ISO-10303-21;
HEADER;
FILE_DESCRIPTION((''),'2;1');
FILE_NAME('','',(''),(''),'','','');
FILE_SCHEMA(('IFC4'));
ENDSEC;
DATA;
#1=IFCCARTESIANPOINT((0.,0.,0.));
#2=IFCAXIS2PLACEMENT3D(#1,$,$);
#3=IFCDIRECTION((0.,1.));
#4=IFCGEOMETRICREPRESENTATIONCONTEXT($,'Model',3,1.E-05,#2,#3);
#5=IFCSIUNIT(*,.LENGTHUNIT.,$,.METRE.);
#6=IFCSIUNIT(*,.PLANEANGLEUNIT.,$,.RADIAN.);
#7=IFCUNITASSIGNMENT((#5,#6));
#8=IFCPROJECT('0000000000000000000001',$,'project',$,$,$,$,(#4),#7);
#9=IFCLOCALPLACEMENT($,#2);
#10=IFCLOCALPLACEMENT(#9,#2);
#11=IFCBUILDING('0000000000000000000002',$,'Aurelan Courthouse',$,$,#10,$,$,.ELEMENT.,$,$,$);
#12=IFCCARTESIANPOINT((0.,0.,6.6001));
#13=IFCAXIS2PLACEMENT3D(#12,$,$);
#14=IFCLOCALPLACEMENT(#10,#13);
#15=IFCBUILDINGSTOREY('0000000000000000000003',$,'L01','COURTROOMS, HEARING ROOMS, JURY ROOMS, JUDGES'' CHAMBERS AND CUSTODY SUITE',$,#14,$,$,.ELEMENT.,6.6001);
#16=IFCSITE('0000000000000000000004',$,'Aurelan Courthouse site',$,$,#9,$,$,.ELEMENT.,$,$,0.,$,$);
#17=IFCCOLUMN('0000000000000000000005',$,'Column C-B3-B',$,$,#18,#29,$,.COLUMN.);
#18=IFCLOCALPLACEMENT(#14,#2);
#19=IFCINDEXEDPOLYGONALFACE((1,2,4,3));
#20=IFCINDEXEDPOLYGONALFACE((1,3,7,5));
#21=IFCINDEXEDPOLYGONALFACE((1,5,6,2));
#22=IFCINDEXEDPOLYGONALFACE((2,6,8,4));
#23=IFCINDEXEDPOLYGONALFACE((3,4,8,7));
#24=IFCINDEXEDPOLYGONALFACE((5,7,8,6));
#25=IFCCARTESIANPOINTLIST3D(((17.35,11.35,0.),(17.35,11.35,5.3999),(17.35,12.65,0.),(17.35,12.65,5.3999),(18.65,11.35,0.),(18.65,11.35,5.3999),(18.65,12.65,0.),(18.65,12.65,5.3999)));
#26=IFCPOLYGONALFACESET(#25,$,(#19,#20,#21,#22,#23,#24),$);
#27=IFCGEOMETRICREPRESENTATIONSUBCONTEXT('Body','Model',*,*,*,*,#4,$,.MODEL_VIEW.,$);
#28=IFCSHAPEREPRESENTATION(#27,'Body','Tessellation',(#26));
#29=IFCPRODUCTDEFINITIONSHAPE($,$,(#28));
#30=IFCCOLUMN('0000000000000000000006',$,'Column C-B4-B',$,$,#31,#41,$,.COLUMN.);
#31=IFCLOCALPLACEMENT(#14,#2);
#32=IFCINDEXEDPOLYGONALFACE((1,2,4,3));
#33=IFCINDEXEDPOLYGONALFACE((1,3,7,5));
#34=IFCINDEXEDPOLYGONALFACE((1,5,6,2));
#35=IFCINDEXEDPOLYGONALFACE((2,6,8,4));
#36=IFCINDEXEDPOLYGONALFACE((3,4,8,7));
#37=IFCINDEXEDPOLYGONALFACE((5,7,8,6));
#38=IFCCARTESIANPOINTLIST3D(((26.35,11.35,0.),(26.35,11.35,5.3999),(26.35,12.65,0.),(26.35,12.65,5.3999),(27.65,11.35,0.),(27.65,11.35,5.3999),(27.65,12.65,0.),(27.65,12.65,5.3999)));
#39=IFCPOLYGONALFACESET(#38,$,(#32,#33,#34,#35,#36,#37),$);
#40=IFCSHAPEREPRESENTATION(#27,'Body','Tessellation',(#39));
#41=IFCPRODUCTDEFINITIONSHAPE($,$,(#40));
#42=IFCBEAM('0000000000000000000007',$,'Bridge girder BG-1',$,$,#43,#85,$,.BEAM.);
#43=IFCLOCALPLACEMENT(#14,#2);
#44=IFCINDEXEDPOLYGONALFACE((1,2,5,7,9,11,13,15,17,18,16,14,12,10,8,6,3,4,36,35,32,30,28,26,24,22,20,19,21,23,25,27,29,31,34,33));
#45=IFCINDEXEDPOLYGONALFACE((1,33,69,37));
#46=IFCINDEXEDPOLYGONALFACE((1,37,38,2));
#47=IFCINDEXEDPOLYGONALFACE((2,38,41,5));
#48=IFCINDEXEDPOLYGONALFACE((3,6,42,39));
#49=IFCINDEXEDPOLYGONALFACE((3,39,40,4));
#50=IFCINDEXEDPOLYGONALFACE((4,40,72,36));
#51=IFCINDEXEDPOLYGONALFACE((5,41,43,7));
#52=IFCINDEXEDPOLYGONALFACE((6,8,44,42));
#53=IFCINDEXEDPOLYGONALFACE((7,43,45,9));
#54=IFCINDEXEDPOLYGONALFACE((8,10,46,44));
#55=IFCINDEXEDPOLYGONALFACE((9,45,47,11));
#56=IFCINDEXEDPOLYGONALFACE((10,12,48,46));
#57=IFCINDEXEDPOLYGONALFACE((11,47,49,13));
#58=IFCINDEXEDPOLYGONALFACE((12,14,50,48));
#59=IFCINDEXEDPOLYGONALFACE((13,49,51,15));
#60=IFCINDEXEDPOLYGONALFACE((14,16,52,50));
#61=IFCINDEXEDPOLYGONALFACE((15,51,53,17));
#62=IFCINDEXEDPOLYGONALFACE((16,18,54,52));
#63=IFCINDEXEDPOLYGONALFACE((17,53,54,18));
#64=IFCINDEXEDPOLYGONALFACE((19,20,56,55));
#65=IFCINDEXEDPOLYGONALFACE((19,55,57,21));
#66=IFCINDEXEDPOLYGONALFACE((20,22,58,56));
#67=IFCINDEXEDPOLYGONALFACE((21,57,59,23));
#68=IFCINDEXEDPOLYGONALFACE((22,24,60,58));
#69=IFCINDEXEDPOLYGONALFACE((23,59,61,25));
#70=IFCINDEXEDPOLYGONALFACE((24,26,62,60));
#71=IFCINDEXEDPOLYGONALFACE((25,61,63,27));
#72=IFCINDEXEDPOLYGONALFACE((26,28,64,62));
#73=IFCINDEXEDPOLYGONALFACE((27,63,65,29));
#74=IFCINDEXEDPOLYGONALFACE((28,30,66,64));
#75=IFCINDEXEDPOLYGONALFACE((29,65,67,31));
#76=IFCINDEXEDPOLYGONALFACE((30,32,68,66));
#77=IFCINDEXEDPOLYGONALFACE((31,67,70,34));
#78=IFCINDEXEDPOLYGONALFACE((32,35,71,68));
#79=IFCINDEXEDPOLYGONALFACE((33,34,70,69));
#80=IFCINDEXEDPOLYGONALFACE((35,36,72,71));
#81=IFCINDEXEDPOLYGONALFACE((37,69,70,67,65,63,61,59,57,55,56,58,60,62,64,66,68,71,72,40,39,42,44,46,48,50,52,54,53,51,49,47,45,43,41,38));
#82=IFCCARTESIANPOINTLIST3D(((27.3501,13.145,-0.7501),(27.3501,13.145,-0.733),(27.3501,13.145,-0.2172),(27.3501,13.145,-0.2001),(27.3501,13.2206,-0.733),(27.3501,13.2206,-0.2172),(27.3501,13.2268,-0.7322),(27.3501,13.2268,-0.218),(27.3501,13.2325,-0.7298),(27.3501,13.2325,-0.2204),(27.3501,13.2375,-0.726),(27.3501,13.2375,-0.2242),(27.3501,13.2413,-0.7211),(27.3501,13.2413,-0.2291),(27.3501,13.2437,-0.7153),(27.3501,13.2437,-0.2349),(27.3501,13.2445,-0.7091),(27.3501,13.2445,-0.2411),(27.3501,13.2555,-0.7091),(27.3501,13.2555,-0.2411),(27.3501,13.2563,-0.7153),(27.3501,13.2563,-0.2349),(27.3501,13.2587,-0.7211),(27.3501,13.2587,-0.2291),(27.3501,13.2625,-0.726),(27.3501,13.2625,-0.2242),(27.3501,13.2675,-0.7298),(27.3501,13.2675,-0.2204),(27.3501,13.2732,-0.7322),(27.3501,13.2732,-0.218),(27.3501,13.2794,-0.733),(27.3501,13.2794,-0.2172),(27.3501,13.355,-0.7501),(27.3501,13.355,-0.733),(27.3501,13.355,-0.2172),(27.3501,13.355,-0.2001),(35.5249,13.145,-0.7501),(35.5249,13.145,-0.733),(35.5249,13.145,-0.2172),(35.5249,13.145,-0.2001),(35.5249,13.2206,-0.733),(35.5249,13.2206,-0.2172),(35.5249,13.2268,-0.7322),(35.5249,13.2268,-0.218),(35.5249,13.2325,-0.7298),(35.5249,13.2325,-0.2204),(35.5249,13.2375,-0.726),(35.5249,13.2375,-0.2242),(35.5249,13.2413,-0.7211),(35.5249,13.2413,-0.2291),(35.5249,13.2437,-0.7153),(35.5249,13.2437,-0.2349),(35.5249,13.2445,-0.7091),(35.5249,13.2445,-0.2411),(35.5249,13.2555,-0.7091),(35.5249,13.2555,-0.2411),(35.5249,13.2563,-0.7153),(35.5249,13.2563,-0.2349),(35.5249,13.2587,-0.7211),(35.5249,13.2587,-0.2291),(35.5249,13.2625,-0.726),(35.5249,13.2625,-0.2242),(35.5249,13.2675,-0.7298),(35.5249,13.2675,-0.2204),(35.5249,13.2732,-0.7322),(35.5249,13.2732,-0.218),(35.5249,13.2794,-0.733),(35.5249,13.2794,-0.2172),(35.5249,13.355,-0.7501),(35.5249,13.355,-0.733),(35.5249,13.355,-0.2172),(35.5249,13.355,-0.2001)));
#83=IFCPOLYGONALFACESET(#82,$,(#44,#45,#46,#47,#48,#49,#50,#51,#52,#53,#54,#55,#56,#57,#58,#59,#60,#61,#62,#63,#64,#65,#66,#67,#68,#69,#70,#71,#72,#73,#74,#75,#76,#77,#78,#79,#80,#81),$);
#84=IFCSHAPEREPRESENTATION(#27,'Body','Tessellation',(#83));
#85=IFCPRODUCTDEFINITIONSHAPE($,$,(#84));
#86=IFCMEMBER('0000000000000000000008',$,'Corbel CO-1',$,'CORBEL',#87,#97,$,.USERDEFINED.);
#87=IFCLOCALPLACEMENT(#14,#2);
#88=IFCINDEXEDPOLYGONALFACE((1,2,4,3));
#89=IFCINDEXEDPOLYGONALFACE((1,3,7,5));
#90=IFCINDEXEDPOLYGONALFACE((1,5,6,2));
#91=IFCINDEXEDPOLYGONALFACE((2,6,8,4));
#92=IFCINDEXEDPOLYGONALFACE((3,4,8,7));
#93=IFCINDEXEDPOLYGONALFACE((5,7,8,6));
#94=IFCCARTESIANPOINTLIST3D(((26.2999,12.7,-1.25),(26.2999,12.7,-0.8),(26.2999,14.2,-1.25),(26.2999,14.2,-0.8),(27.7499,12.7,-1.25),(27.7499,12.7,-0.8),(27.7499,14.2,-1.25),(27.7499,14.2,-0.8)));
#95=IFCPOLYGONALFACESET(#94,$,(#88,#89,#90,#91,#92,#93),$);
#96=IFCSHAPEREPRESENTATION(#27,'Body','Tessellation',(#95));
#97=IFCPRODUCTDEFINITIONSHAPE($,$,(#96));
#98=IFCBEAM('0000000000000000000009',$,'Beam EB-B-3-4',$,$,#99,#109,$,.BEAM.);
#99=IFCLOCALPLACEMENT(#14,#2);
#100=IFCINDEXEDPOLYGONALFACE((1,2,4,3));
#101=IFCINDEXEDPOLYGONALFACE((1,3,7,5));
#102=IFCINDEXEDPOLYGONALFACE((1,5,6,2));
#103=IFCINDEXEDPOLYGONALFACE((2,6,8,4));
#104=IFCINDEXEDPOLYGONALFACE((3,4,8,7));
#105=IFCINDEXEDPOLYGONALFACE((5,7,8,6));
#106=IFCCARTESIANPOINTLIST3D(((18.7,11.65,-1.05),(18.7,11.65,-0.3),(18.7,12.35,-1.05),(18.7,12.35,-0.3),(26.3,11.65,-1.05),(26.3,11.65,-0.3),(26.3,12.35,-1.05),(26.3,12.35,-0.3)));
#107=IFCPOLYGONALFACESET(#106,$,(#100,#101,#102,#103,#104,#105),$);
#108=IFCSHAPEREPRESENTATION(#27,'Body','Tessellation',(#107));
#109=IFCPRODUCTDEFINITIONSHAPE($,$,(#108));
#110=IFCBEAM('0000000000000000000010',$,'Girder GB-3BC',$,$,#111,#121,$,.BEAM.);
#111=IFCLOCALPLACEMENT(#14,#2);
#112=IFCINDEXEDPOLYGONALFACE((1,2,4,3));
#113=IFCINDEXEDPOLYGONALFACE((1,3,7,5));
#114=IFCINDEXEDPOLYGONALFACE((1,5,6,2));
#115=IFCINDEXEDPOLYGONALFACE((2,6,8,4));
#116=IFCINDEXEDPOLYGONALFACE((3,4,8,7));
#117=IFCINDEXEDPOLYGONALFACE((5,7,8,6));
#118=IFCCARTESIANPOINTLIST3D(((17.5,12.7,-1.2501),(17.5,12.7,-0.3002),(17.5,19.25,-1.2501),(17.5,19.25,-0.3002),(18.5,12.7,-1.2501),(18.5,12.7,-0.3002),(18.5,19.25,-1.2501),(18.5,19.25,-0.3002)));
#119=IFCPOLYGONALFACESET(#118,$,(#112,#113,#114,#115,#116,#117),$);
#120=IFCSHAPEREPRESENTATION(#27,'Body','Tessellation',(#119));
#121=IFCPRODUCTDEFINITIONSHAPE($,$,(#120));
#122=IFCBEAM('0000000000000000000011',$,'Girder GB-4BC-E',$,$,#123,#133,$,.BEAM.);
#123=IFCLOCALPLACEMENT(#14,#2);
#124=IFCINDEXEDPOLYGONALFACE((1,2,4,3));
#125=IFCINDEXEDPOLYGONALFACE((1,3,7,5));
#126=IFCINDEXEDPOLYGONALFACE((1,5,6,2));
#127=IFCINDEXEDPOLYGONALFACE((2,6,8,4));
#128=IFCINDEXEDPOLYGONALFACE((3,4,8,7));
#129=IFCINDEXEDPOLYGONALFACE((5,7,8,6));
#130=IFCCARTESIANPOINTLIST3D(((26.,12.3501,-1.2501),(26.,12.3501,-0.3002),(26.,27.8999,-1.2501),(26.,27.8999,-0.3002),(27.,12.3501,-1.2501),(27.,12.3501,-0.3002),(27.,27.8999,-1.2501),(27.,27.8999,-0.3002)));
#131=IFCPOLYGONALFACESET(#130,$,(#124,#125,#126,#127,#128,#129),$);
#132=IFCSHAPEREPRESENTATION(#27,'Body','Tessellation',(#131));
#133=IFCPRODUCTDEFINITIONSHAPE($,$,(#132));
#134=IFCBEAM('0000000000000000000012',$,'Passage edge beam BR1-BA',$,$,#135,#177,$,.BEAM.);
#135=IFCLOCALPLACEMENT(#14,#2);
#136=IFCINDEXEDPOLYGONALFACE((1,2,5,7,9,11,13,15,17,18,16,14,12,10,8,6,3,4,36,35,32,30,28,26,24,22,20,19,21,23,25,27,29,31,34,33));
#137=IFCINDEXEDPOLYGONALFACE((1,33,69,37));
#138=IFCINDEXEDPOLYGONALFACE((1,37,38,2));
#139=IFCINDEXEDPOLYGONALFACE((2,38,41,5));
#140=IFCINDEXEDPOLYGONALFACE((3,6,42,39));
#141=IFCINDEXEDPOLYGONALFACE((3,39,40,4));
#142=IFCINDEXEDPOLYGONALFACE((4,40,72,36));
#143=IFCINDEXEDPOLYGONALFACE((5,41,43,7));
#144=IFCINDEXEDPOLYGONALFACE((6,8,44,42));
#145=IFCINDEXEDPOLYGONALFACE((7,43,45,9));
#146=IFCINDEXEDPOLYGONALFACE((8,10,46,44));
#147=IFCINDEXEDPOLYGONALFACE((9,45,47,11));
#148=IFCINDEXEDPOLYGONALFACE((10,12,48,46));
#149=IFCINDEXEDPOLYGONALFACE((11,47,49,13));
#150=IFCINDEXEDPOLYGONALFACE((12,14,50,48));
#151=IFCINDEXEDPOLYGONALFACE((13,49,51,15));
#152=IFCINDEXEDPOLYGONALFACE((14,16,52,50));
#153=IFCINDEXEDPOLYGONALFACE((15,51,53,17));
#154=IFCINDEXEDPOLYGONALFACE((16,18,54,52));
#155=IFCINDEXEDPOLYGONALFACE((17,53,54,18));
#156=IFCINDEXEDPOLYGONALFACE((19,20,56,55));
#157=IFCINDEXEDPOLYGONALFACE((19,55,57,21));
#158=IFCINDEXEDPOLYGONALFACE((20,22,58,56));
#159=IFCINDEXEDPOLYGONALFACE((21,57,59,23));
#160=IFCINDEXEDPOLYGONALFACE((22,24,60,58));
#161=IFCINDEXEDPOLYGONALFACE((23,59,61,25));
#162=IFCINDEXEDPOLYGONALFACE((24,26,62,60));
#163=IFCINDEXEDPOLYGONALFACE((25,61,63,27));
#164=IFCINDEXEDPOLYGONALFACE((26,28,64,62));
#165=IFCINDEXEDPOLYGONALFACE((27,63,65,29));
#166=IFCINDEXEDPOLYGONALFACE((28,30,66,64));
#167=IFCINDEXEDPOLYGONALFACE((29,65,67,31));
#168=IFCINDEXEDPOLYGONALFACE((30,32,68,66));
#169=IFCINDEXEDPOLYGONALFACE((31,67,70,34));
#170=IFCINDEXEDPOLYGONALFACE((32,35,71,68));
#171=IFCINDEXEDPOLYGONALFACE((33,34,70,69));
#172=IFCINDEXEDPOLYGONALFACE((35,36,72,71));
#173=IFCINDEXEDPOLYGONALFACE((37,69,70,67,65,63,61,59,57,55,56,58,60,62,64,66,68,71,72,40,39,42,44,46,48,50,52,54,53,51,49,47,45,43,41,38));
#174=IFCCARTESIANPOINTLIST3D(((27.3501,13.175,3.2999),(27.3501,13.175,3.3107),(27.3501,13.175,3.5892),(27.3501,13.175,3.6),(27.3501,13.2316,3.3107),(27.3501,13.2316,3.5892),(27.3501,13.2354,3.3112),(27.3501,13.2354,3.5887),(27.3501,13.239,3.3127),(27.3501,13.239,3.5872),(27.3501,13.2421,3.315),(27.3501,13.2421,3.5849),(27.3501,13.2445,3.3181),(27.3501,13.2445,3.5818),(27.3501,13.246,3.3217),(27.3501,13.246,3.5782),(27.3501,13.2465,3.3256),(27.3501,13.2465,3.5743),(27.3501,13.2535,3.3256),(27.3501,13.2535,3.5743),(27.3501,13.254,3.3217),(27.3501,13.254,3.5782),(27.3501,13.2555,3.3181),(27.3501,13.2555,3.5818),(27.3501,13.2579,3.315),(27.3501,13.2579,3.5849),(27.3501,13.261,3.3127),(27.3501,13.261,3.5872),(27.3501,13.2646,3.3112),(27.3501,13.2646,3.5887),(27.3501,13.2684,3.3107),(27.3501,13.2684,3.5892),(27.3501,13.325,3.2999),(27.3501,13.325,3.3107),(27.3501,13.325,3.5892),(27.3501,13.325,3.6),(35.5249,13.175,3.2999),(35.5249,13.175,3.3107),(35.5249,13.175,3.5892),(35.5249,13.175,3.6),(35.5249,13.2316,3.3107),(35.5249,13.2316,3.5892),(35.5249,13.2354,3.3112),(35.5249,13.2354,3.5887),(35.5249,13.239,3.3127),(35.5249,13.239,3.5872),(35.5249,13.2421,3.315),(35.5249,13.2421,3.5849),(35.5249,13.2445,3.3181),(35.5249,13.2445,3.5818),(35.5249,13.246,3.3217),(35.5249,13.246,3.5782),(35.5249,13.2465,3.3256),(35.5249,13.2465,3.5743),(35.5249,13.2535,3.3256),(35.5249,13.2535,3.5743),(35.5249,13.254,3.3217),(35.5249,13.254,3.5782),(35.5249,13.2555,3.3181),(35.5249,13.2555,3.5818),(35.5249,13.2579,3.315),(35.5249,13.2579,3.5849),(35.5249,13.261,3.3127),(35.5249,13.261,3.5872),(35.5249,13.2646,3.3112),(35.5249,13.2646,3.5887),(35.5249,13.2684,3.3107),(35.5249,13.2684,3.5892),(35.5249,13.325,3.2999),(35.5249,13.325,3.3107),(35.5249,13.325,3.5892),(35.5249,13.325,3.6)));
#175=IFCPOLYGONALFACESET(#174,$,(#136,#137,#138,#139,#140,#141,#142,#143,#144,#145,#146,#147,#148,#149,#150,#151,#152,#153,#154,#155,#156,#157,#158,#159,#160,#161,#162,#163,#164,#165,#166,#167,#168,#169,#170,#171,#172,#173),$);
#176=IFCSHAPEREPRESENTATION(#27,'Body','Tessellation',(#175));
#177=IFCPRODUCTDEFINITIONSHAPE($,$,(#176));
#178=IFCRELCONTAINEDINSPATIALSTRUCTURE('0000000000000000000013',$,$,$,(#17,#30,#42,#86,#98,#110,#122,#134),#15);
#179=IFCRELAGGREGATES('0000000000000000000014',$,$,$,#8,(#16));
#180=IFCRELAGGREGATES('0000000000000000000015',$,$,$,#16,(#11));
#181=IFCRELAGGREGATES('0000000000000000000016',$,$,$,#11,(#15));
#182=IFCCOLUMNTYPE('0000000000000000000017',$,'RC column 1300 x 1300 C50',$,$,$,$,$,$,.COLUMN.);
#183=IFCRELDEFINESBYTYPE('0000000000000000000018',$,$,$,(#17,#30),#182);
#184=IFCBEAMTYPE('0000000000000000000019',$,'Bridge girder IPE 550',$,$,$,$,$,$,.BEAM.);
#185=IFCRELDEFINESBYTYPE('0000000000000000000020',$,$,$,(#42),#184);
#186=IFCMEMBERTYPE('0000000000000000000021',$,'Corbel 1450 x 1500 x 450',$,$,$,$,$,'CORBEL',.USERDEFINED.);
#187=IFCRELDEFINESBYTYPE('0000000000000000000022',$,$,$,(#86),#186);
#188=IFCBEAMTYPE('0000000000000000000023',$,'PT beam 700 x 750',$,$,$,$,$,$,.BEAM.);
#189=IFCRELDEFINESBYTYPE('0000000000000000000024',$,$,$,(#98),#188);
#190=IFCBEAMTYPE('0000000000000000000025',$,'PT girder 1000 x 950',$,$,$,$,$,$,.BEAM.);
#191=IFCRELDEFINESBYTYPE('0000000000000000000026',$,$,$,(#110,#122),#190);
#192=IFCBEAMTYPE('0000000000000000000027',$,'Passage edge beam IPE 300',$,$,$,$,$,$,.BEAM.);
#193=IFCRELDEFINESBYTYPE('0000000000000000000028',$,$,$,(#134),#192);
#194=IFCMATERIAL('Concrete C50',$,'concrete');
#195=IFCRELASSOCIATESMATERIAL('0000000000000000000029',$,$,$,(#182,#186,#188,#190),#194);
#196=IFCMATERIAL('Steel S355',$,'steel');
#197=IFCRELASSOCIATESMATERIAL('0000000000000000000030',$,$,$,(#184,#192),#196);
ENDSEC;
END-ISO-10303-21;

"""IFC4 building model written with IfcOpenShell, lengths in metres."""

from ifc_helpers import new_model, si_unit, direction, frame, origin, origin_2d, place, context, subcontext, project, spatial, rectangle, i_section, extrude, material, material_profile, profile_set, type_object, element, save


model = new_model("IFC4")

# Units and contexts
model_context = context("Model", 3, precision=1e-05, world=origin(), true_north=direction((0.0, 1.0)))
body_context = subcontext(model_context, "Body", "Model", "MODEL_VIEW")
ifc_project = project(units=[si_unit("LENGTHUNIT", "METRE"), si_unit("PLANEANGLEUNIT", "RADIAN")], contexts=[model_context])

# Site, building, storey
site_placement = place(None, origin())
site = spatial("IfcSite", under=ifc_project, at=site_placement, Name="Aurelan Courthouse site", CompositionType="ELEMENT", RefElevation=0.0)
building_placement = place(site_placement, origin())
building = spatial("IfcBuilding", under=site, at=building_placement, Name="Aurelan Courthouse", CompositionType="ELEMENT")
storey_placement = place(building_placement, frame((0.0, 0.0, 6.6001)))
storey = spatial("IfcBuildingStorey", under=building, at=storey_placement, Name="L01", Description="COURTROOMS, HEARING ROOMS, JURY ROOMS, JUDGES' CHAMBERS AND CUSTODY SUITE", CompositionType="ELEMENT", Elevation=6.6001)

# Columns
ifc_material_1 = material(Name="Concrete C50", Category="concrete")
ifc_material_profile_1 = material_profile(ifc_material_1, rectangle(XDim=1.3, YDim=1.3, at=origin_2d()), Name="RC 1300 x 1300")
ifc_profile_set_1 = profile_set([ifc_material_profile_1], Name="Concrete C50")
column_type = type_object("IfcColumnType", Name="RC column 1300 x 1300 C50", PredefinedType="COLUMN", material=ifc_profile_set_1)
for number, where, z_axis, x_axis, name in (
    (1, (18.0, 12.0, 0.0), (0.0, 0.0, 1.0), (1.0, 0.0, 0.0), "Column C-B3-B"),
    (2, (27.0, 12.0, 0.0), (0.0, 0.0, 1.0), (1.0, 0.0, 0.0), "Column C-B4-B"),
):
    element("IfcColumn", number, at=place(storey_placement, frame(where, z_axis=z_axis, x_axis=x_axis)), inside=storey, type_object=column_type, Name=name, PredefinedType="COLUMN", context=body_context, shape_type="SweptSolid", body=[
        extrude(rectangle(XDim=1.3, YDim=1.3, at=origin_2d()), origin(), (0.0, 0.0, 1.0), 5.3999),
    ])

# Beam
ifc_material_2 = material(Name="Steel S355", Category="steel")
ifc_material_profile_2 = material_profile(ifc_material_2, i_section(OverallWidth=0.21, OverallDepth=0.55, WebThickness=0.011, FlangeThickness=0.0171, FilletRadius=0.0239, at=origin_2d()), Name="IPE 550")
ifc_profile_set_2 = profile_set([ifc_material_profile_2], Name="Steel S355")
beam_type_1 = type_object("IfcBeamType", Name="Bridge girder IPE 550", PredefinedType="BEAM", material=ifc_profile_set_2)
beam_1_placement = place(storey_placement, frame((27.3501, 13.25, -0.4751), z_axis=(1.0, 0.0, 0.0), x_axis=(0.0, 1.0, 0.0)))
element("IfcBeam", 3, at=beam_1_placement, inside=storey, type_object=beam_type_1, Name="Bridge girder BG-1", PredefinedType="BEAM", context=body_context, shape_type="SweptSolid", body=[
    extrude(i_section(OverallWidth=0.21, OverallDepth=0.55, WebThickness=0.011, FlangeThickness=0.0171, FilletRadius=0.0239, at=origin_2d()), origin(), (0.0, 0.0, 1.0), 8.1748),
])

# Member
member_type = type_object("IfcMemberType", Name="Corbel 1450 x 1500 x 450", ElementType="CORBEL", PredefinedType="USERDEFINED", material=ifc_material_1)
member_placement = place(storey_placement, frame((27.0249, 13.45, -1.25), z_axis=(0.0, 0.0, 1.0), x_axis=(1.0, 0.0, 0.0)))
element("IfcMember", 4, at=member_placement, inside=storey, type_object=member_type, Name="Corbel CO-1", ObjectType="CORBEL", PredefinedType="USERDEFINED", context=body_context, shape_type="SweptSolid", body=[
    extrude(rectangle(XDim=1.45, YDim=1.5, at=origin_2d()), origin(), (0.0, 0.0, 1.0), 0.45),
])

# Beams
ifc_material_profile_3 = material_profile(ifc_material_1, rectangle(XDim=0.7, YDim=0.75, at=origin_2d()), Name="RC 700 x 750")
ifc_profile_set_3 = profile_set([ifc_material_profile_3], Name="Concrete C50")
beam_type_2 = type_object("IfcBeamType", Name="PT beam 700 x 750", PredefinedType="BEAM", material=ifc_profile_set_3)
beam_2_placement = place(storey_placement, frame((18.7, 12.0, -0.675), z_axis=(1.0, 0.0, 0.0), x_axis=(0.0, 1.0, 0.0)))
element("IfcBeam", 5, at=beam_2_placement, inside=storey, type_object=beam_type_2, Name="Beam EB-B-3-4", PredefinedType="BEAM", context=body_context, shape_type="SweptSolid", body=[
    extrude(rectangle(XDim=0.7, YDim=0.75, at=origin_2d()), origin(), (0.0, 0.0, 1.0), 7.6001),
])
ifc_material_profile_4 = material_profile(ifc_material_1, rectangle(XDim=1.0, YDim=0.95, at=origin_2d()), Name="RC 1000 x 950")
ifc_profile_set_4 = profile_set([ifc_material_profile_4], Name="Concrete C50")
beam_type_3 = type_object("IfcBeamType", Name="PT girder 1000 x 950", PredefinedType="BEAM", material=ifc_profile_set_4)
beam_3_placement = place(storey_placement, frame((18.0, 12.7, -0.7751), z_axis=(0.0, 1.0, 0.0), x_axis=(-1.0, 0.0, 0.0)))
element("IfcBeam", 6, at=beam_3_placement, inside=storey, type_object=beam_type_3, Name="Girder GB-3BC", PredefinedType="BEAM", context=body_context, shape_type="SweptSolid", body=[
    extrude(rectangle(XDim=1.0, YDim=0.95, at=origin_2d()), origin(), (0.0, 0.0, 1.0), 6.55),
])
beam_4_placement = place(storey_placement, frame((26.5, 12.3501, -0.7751), z_axis=(0.0, 1.0, 0.0), x_axis=(-1.0, 0.0, 0.0)))
element("IfcBeam", 7, at=beam_4_placement, inside=storey, type_object=beam_type_3, Name="Girder GB-4BC-E", PredefinedType="BEAM", context=body_context, shape_type="SweptSolid", body=[
    extrude(rectangle(XDim=1.0, YDim=0.95, at=origin_2d()), origin(), (0.0, 0.0, 1.0), 15.5498),
])
ifc_material_profile_5 = material_profile(ifc_material_2, i_section(OverallWidth=0.1499, OverallDepth=0.3, WebThickness=0.0071, FlangeThickness=0.0107, FilletRadius=0.0149, at=origin_2d()), Name="IPE 300")
ifc_profile_set_5 = profile_set([ifc_material_profile_5], Name="Steel S355")
beam_type_4 = type_object("IfcBeamType", Name="Passage edge beam IPE 300", PredefinedType="BEAM", material=ifc_profile_set_5)
beam_5_placement = place(storey_placement, frame((27.3501, 13.25, 3.45), z_axis=(1.0, 0.0, 0.0), x_axis=(0.0, 1.0, 0.0)))
element("IfcBeam", 8, at=beam_5_placement, inside=storey, type_object=beam_type_4, Name="Passage edge beam BR1-BA", PredefinedType="BEAM", context=body_context, shape_type="SweptSolid", body=[
    extrude(i_section(OverallWidth=0.1499, OverallDepth=0.3, WebThickness=0.0071, FlangeThickness=0.0107, FilletRadius=0.0149, at=origin_2d()), origin(), (0.0, 0.0, 1.0), 8.1748),
])

save(model, "model.ifc")
